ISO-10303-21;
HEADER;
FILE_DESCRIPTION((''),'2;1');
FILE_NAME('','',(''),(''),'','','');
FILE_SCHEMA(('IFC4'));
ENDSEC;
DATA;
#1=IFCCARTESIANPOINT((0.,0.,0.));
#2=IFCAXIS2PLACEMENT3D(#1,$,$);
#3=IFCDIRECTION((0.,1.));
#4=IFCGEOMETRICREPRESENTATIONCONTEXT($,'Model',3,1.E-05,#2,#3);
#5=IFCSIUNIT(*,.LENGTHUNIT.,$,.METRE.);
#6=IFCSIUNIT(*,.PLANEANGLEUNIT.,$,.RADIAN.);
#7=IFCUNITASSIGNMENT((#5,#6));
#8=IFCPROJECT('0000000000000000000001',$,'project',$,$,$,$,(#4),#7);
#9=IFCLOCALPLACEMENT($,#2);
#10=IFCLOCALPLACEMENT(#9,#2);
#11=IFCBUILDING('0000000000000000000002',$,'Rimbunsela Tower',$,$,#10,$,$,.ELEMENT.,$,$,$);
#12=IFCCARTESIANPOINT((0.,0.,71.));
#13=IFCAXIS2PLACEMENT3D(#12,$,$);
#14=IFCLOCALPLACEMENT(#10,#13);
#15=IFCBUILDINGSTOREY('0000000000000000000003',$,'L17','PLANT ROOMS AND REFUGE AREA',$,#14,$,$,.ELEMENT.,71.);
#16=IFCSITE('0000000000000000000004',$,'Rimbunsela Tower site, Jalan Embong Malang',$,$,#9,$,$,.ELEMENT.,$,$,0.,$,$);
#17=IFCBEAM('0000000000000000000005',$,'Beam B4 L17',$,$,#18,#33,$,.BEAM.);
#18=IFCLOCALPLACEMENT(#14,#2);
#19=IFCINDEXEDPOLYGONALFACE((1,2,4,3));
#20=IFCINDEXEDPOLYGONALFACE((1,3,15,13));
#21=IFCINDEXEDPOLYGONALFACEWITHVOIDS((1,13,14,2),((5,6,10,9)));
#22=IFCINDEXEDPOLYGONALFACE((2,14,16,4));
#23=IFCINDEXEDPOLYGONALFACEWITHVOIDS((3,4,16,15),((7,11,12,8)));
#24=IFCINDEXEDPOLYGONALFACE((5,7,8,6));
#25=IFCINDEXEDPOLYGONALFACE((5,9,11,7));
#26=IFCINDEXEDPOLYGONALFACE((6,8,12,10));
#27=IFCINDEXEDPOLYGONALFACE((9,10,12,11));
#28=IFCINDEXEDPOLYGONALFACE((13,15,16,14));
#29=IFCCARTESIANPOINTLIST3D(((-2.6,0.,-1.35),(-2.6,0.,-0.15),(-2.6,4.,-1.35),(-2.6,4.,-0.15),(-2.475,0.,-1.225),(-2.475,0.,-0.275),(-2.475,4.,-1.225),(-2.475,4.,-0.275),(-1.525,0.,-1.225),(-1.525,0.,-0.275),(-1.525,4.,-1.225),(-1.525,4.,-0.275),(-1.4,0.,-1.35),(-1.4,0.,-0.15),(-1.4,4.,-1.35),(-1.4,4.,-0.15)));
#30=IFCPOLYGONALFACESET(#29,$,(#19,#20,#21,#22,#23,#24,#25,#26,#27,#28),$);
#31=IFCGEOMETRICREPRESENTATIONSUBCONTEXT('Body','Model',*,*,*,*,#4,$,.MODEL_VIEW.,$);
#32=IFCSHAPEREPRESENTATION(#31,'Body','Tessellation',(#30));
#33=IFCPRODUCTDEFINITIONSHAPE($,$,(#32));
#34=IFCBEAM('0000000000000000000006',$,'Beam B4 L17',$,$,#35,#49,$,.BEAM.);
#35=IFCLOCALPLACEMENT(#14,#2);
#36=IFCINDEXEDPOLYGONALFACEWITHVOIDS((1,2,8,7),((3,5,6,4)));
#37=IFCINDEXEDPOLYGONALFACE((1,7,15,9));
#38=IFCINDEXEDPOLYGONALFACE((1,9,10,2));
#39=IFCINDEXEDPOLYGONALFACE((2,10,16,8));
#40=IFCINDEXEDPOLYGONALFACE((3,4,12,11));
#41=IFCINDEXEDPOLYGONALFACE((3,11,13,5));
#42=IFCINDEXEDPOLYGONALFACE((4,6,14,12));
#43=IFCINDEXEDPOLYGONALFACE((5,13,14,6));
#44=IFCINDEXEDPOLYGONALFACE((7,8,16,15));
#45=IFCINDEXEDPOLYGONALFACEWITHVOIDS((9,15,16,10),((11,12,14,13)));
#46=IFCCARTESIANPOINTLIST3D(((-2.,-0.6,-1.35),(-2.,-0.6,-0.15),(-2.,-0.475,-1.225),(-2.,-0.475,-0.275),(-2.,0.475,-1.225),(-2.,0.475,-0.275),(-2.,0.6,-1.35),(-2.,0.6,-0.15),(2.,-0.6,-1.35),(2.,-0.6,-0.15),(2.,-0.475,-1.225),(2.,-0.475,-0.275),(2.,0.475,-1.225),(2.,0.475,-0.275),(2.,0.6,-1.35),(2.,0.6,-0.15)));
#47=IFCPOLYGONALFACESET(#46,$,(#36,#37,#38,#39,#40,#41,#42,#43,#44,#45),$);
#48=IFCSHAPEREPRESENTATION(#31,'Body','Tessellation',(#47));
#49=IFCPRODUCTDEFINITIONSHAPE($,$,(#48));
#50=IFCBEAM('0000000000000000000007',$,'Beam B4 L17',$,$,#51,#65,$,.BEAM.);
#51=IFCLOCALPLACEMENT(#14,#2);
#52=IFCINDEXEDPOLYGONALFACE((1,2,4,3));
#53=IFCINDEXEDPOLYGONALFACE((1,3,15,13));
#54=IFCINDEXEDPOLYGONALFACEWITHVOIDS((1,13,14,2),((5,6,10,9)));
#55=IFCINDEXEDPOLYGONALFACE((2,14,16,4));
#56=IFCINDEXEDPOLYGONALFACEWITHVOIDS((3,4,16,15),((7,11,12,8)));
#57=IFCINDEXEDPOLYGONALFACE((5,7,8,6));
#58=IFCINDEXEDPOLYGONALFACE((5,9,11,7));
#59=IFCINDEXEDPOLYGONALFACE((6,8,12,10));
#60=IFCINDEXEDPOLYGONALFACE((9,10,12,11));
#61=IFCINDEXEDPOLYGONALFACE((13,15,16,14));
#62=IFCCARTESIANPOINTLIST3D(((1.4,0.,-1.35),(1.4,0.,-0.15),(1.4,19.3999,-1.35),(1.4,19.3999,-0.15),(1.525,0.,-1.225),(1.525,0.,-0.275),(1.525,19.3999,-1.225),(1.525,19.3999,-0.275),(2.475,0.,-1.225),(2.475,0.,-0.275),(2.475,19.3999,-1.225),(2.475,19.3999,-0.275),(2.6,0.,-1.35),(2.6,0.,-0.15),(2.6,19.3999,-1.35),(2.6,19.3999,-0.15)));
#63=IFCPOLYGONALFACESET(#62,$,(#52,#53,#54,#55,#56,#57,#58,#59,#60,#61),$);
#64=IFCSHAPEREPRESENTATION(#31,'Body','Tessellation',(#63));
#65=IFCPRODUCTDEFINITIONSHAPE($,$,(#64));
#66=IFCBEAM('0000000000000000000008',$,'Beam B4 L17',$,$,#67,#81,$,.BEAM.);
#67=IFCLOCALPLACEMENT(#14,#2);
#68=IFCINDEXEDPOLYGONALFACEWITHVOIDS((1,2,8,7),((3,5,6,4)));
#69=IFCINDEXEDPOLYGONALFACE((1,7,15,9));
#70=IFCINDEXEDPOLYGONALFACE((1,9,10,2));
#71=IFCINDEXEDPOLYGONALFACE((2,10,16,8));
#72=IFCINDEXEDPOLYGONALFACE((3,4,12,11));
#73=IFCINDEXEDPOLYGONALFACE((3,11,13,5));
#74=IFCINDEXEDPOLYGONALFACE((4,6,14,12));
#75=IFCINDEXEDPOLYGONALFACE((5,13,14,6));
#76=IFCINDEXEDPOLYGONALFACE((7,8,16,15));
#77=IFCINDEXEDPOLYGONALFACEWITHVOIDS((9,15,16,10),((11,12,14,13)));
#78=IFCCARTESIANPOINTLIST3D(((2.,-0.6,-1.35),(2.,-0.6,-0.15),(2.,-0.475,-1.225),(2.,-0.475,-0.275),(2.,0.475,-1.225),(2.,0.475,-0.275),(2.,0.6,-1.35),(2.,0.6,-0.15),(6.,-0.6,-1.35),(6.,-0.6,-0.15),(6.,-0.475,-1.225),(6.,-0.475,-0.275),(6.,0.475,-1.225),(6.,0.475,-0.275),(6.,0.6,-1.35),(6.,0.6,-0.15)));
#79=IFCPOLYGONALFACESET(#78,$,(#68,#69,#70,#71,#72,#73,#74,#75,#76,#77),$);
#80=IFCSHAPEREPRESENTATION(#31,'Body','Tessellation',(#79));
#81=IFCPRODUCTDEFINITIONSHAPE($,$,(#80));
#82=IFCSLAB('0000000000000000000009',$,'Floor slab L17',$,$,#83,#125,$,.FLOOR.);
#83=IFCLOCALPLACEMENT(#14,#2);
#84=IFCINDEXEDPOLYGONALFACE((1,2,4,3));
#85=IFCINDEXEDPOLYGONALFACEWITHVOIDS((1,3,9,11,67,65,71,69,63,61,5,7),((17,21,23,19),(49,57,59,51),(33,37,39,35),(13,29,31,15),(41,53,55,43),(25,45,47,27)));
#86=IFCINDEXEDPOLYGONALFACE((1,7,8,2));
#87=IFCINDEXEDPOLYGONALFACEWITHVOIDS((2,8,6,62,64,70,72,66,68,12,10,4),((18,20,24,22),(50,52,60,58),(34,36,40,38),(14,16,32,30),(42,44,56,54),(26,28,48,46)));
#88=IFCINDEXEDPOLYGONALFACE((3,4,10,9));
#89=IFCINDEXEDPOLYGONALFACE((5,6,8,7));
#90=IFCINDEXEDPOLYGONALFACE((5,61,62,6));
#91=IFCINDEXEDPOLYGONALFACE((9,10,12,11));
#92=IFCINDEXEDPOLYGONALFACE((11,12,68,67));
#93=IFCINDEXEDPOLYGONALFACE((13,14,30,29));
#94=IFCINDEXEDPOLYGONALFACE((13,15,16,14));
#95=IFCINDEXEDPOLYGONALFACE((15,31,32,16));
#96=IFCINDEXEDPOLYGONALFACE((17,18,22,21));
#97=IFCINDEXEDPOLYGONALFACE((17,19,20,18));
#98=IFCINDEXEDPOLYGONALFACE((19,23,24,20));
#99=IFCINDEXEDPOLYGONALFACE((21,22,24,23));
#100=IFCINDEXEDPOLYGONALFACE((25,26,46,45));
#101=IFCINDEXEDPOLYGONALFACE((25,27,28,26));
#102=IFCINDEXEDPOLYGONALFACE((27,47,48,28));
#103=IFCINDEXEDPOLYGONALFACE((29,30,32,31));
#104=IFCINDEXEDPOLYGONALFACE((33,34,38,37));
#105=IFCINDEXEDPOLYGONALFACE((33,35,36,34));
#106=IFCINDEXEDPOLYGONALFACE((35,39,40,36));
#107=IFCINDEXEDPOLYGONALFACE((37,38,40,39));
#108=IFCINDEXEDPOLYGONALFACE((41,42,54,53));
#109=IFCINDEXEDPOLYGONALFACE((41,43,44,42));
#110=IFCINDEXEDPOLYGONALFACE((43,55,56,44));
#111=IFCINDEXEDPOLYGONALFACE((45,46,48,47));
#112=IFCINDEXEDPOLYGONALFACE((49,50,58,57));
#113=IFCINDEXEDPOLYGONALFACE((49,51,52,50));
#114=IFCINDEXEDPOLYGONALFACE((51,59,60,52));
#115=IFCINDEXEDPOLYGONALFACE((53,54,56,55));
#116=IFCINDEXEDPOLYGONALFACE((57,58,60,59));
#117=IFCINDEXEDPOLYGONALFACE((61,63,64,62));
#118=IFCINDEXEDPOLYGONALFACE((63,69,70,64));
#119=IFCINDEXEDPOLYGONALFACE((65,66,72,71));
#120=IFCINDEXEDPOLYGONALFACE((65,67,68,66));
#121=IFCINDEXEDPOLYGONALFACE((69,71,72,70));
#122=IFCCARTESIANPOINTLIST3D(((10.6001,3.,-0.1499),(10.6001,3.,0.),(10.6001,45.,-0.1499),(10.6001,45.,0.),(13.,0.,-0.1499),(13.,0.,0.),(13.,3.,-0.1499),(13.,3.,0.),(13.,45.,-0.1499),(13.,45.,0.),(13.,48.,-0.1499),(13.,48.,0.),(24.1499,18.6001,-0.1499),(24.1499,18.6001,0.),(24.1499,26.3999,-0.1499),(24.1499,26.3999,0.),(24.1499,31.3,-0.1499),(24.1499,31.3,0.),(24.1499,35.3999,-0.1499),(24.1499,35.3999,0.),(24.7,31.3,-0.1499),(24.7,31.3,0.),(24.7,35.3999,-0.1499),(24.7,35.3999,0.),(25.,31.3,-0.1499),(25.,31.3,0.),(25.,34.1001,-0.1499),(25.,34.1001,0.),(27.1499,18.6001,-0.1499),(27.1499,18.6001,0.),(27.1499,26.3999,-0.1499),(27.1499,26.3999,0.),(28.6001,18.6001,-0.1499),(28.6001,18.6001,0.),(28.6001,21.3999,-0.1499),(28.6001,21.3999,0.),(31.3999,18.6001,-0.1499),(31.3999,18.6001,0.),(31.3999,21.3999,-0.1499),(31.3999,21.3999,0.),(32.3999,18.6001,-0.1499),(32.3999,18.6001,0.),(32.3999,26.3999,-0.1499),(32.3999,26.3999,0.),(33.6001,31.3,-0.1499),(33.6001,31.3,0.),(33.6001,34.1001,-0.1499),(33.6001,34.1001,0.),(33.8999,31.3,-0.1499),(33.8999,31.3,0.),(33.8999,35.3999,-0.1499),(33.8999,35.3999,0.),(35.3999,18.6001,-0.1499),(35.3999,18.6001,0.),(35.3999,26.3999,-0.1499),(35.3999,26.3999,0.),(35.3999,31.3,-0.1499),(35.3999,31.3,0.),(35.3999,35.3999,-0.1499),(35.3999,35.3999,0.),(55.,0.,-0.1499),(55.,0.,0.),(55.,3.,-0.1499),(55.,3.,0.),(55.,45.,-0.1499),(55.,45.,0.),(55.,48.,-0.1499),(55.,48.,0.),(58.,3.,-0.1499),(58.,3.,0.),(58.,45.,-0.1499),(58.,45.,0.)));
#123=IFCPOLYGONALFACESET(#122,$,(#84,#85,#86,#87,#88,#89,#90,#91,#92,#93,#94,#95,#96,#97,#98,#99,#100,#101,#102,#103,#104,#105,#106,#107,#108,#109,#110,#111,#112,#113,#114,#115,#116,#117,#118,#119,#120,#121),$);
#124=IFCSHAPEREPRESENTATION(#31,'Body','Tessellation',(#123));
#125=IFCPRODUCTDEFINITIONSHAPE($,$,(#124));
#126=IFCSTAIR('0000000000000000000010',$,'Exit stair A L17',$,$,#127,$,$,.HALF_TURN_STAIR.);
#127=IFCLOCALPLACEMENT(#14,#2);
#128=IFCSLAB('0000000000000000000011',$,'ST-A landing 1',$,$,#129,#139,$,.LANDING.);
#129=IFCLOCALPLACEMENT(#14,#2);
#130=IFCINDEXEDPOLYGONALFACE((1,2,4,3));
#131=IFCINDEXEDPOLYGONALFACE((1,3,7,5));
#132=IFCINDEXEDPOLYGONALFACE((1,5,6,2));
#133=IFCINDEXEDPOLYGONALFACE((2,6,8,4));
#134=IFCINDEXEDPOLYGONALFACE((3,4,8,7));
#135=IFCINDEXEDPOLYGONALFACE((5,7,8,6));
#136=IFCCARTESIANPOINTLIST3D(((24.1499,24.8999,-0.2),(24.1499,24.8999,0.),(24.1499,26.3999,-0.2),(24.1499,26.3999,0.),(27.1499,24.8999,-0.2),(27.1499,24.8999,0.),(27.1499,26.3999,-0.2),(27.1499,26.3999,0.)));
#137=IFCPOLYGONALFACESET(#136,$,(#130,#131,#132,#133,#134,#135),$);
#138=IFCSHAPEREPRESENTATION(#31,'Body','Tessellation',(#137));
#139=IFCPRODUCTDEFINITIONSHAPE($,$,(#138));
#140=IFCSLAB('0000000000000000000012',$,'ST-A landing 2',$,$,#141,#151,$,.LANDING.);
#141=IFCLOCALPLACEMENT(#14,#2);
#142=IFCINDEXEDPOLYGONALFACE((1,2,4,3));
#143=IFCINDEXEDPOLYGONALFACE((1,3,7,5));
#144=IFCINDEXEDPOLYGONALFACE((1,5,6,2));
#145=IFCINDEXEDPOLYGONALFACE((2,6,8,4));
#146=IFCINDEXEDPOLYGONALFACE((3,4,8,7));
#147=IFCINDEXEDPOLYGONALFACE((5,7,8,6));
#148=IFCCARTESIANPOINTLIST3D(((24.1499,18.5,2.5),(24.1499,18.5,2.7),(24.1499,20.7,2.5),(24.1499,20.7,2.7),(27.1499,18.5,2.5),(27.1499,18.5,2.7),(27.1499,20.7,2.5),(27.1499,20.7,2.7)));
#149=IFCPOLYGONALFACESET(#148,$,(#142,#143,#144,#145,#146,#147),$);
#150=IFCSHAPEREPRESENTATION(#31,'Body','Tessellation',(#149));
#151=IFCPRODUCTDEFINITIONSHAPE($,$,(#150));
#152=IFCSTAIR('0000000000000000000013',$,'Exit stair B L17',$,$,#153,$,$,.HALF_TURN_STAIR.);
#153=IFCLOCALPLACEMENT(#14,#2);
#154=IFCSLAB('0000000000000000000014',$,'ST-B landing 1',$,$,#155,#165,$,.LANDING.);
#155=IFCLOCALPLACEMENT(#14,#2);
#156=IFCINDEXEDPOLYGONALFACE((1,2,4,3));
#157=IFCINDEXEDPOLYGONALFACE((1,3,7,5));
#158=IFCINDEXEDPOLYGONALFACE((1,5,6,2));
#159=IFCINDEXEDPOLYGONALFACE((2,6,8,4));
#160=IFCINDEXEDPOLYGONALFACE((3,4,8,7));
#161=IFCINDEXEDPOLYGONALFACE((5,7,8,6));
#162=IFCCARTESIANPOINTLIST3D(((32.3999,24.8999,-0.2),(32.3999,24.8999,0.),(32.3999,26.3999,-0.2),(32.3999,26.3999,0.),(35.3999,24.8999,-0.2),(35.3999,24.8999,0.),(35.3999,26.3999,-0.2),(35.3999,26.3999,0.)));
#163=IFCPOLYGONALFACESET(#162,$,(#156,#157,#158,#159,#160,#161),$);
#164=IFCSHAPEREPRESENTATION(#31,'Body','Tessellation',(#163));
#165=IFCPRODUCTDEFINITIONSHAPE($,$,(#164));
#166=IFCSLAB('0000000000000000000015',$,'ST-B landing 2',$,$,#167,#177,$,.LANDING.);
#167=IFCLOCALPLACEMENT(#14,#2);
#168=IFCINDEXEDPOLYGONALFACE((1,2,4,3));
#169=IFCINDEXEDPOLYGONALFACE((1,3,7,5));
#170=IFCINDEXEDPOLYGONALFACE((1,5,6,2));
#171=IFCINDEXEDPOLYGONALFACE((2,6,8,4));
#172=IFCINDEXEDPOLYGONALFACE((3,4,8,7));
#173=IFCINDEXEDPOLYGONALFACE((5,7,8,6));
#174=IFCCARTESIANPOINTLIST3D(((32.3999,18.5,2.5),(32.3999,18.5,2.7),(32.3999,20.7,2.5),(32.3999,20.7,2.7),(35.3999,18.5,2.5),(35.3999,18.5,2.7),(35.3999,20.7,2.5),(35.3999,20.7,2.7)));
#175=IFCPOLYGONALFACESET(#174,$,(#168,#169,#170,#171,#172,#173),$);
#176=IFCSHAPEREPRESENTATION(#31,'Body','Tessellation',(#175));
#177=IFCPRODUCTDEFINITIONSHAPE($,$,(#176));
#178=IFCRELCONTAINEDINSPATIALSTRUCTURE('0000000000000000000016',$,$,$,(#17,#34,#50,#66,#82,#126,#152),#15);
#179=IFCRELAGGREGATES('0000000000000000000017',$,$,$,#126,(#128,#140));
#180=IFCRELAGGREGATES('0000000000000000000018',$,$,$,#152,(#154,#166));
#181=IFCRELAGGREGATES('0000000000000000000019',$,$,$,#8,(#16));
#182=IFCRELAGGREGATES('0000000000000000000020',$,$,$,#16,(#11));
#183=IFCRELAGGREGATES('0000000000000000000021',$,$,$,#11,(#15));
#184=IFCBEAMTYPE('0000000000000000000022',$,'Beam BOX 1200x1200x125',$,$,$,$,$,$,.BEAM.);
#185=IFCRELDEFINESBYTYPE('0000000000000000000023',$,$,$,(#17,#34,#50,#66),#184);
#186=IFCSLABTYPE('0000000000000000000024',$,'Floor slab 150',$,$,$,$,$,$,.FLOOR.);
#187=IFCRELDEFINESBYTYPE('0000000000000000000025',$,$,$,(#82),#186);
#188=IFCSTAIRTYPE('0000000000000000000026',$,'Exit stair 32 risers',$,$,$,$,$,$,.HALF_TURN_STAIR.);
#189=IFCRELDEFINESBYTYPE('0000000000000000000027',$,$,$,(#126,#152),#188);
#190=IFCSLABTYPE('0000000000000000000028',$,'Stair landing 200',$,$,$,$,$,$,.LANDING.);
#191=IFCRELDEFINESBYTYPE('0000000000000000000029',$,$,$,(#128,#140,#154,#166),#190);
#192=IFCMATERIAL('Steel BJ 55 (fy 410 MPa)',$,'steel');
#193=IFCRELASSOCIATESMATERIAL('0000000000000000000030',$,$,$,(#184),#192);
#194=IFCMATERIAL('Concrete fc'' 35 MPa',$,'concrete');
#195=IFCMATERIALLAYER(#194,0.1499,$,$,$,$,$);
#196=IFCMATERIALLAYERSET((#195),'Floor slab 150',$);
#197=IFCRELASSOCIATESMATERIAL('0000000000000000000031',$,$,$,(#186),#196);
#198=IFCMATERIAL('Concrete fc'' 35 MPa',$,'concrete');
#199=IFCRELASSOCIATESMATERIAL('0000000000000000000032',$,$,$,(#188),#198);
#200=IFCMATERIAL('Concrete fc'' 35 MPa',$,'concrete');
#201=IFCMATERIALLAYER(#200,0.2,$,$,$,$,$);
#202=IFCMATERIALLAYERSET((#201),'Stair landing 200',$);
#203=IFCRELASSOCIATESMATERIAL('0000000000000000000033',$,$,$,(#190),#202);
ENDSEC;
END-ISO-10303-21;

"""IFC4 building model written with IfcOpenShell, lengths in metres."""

from ifc_helpers import new_model, si_unit, direction, frame, origin, origin_2d, place, context, subcontext, project, spatial, polyline, hollow_rectangle, outline, extrude, material, layer, layer_set, material_profile, profile_set, type_object, element, aggregate, save


model = new_model("IFC4")

# Units and contexts
model_context = context("Model", 3, precision=1e-05, world=origin(), true_north=direction((0.0, 1.0)))
body_context = subcontext(model_context, "Body", "Model", "MODEL_VIEW")
ifc_project = project(units=[si_unit("LENGTHUNIT", "METRE"), si_unit("PLANEANGLEUNIT", "RADIAN")], contexts=[model_context])

# Site, building, storey
site_placement = place(None, origin())
site = spatial("IfcSite", under=ifc_project, at=site_placement, Name="Rimbunsela Tower site, Jalan Embong Malang", CompositionType="ELEMENT", RefElevation=0.0)
building_placement = place(site_placement, origin())
building = spatial("IfcBuilding", under=site, at=building_placement, Name="Rimbunsela Tower", CompositionType="ELEMENT")
storey_placement = place(building_placement, frame((0.0, 0.0, 71.0)))
storey = spatial("IfcBuildingStorey", under=building, at=storey_placement, Name="L17", Description="PLANT ROOMS AND REFUGE AREA", CompositionType="ELEMENT", Elevation=71.0)

# Beams
ifc_material_1 = material(Name="Steel BJ 55 (fy 410 MPa)", Category="steel")
ifc_material_profile = material_profile(ifc_material_1, hollow_rectangle(XDim=1.2, YDim=1.2, WallThickness=0.125, at=origin_2d()), Name="BOX 1200x1200x125")
ifc_profile_set = profile_set([ifc_material_profile], Name="Steel BJ 55 (fy 410 MPa)")
beam_type = type_object("IfcBeamType", Name="Beam BOX 1200x1200x125", PredefinedType="BEAM", material=ifc_profile_set)
for number, where, z_axis, x_axis, name in (
    (1, (-2.0, 0.0, -0.75), (0.0, 1.0, 0.0), (-1.0, 0.0, 0.0), "Beam B4 L17"),
    (2, (-2.0, 0.0, -0.75), (1.0, 0.0, 0.0), (0.0, 1.0, 0.0), "Beam B4 L17"),
):
    element("IfcBeam", number, at=place(storey_placement, frame(where, z_axis=z_axis, x_axis=x_axis)), inside=storey, type_object=beam_type, Name=name, PredefinedType="BEAM", context=body_context, shape_type="SweptSolid", body=[
        extrude(hollow_rectangle(XDim=1.2, YDim=1.2, WallThickness=0.125, at=origin_2d()), origin(), (0.0, 0.0, 1.0), 4.0),
    ])
beam_1_placement = place(storey_placement, frame((2.0, 0.0, -0.75), z_axis=(0.0, 1.0, 0.0), x_axis=(-1.0, 0.0, 0.0)))
element("IfcBeam", 3, at=beam_1_placement, inside=storey, type_object=beam_type, Name="Beam B4 L17", PredefinedType="BEAM", context=body_context, shape_type="SweptSolid", body=[
    extrude(hollow_rectangle(XDim=1.2, YDim=1.2, WallThickness=0.125, at=origin_2d()), origin(), (0.0, 0.0, 1.0), 19.3999),
])
beam_2_placement = place(storey_placement, frame((2.0, 0.0, -0.75), z_axis=(1.0, 0.0, 0.0), x_axis=(0.0, 1.0, 0.0)))
element("IfcBeam", 4, at=beam_2_placement, inside=storey, type_object=beam_type, Name="Beam B4 L17", PredefinedType="BEAM", context=body_context, shape_type="SweptSolid", body=[
    extrude(hollow_rectangle(XDim=1.2, YDim=1.2, WallThickness=0.125, at=origin_2d()), origin(), (0.0, 0.0, 1.0), 4.0),
])

# Slab
ifc_material_2 = material(Name="Concrete fc' 35 MPa", Category="concrete")
ifc_layer_1 = layer(ifc_material_2, 0.1499)
ifc_layer_set_1 = layer_set([ifc_layer_1], Name="Floor slab 150")
slab_type_1 = type_object("IfcSlabType", Name="Floor slab 150", PredefinedType="FLOOR", material=ifc_layer_set_1)
slab_1_placement = place(storey_placement, frame((0.0, 0.0, -0.1499)))
element("IfcSlab", 5, at=slab_1_placement, inside=storey, type_object=slab_type_1, Name="Floor slab L17", PredefinedType="FLOOR", context=body_context, shape_type="SweptSolid", body=[
    extrude(outline(polyline([(13.0, 45.0), (10.6001, 45.0), (10.6001, 3.0), (13.0, 3.0), (13.0, 0.0), (55.0, 0.0), (55.0, 3.0), (58.0, 3.0), (58.0, 45.0), (55.0, 45.0), (55.0, 48.0), (13.0, 48.0), (13.0, 45.0)]), holes=[polyline([(27.1499, 26.3999), (24.1499, 26.3999), (24.1499, 18.6001), (27.1499, 18.6001), (27.1499, 26.3999)]), polyline([(24.7, 35.3999), (24.1499, 35.3999), (24.1499, 31.3), (24.7, 31.3), (24.7, 35.3999)]), polyline([(25.0, 34.1001), (25.0, 31.3), (33.6001, 31.3), (33.6001, 34.1001), (25.0, 34.1001)]), polyline([(31.3999, 21.3999), (28.6001, 21.3999), (28.6001, 18.6001), (31.3999, 18.6001), (31.3999, 21.3999)]), polyline([(35.3999, 26.3999), (32.3999, 26.3999), (32.3999, 18.6001), (35.3999, 18.6001), (35.3999, 26.3999)]), polyline([(35.3999, 35.3999), (33.8999, 35.3999), (33.8999, 31.3), (35.3999, 31.3), (35.3999, 35.3999)])]), origin(), (0.0, 0.0, 1.0), 0.1499),
])

# Stairs, slabs
ifc_material_3 = material(Name="Concrete fc' 35 MPa", Category="concrete")
stair_type = type_object("IfcStairType", Name="Exit stair 32 risers", PredefinedType="HALF_TURN_STAIR", material=ifc_material_3)
stair_1_placement = place(storey_placement, origin())
stair_1 = element("IfcStair", 6, at=stair_1_placement, inside=storey, type_object=stair_type, Name="Exit stair A L17", PredefinedType="HALF_TURN_STAIR")
ifc_material_4 = material(Name="Concrete fc' 35 MPa", Category="concrete")
ifc_layer_2 = layer(ifc_material_4, 0.2)
ifc_layer_set_2 = layer_set([ifc_layer_2], Name="Stair landing 200")
slab_type_2 = type_object("IfcSlabType", Name="Stair landing 200", PredefinedType="LANDING", material=ifc_layer_set_2)
slab_2_placement = place(storey_placement, frame((0.0, 0.0, -0.2)))
slab_2 = element("IfcSlab", 7, at=slab_2_placement, type_object=slab_type_2, Name="ST-A landing 1", PredefinedType="LANDING", context=body_context, shape_type="SweptSolid", body=[
    extrude(outline(polyline([(24.1499, 24.8999), (27.1499, 24.8999), (27.1499, 26.3999), (24.1499, 26.3999), (24.1499, 24.8999)])), origin(), (0.0, 0.0, 1.0), 0.2),
])
slab_3_placement = place(storey_placement, frame((0.0, 0.0, 2.5)))
slab_3 = element("IfcSlab", 8, at=slab_3_placement, type_object=slab_type_2, Name="ST-A landing 2", PredefinedType="LANDING", context=body_context, shape_type="SweptSolid", body=[
    extrude(outline(polyline([(24.1499, 18.5), (27.1499, 18.5), (27.1499, 20.7), (24.1499, 20.7), (24.1499, 18.5)])), origin(), (0.0, 0.0, 1.0), 0.2),
])
aggregate(stair_1, [slab_2, slab_3])
stair_2_placement = place(storey_placement, origin())
stair_2 = element("IfcStair", 9, at=stair_2_placement, inside=storey, type_object=stair_type, Name="Exit stair B L17", PredefinedType="HALF_TURN_STAIR")
slab_4_placement = place(storey_placement, frame((0.0, 0.0, -0.2)))
slab_4 = element("IfcSlab", 10, at=slab_4_placement, type_object=slab_type_2, Name="ST-B landing 1", PredefinedType="LANDING", context=body_context, shape_type="SweptSolid", body=[
    extrude(outline(polyline([(32.3999, 24.8999), (35.3999, 24.8999), (35.3999, 26.3999), (32.3999, 26.3999), (32.3999, 24.8999)])), origin(), (0.0, 0.0, 1.0), 0.2),
])
slab_5_placement = place(storey_placement, frame((0.0, 0.0, 2.5)))
slab_5 = element("IfcSlab", 11, at=slab_5_placement, type_object=slab_type_2, Name="ST-B landing 2", PredefinedType="LANDING", context=body_context, shape_type="SweptSolid", body=[
    extrude(outline(polyline([(32.3999, 18.5), (35.3999, 18.5), (35.3999, 20.7), (32.3999, 20.7), (32.3999, 18.5)])), origin(), (0.0, 0.0, 1.0), 0.2),
])
aggregate(stair_2, [slab_4, slab_5])

save(model, "model.ifc")
